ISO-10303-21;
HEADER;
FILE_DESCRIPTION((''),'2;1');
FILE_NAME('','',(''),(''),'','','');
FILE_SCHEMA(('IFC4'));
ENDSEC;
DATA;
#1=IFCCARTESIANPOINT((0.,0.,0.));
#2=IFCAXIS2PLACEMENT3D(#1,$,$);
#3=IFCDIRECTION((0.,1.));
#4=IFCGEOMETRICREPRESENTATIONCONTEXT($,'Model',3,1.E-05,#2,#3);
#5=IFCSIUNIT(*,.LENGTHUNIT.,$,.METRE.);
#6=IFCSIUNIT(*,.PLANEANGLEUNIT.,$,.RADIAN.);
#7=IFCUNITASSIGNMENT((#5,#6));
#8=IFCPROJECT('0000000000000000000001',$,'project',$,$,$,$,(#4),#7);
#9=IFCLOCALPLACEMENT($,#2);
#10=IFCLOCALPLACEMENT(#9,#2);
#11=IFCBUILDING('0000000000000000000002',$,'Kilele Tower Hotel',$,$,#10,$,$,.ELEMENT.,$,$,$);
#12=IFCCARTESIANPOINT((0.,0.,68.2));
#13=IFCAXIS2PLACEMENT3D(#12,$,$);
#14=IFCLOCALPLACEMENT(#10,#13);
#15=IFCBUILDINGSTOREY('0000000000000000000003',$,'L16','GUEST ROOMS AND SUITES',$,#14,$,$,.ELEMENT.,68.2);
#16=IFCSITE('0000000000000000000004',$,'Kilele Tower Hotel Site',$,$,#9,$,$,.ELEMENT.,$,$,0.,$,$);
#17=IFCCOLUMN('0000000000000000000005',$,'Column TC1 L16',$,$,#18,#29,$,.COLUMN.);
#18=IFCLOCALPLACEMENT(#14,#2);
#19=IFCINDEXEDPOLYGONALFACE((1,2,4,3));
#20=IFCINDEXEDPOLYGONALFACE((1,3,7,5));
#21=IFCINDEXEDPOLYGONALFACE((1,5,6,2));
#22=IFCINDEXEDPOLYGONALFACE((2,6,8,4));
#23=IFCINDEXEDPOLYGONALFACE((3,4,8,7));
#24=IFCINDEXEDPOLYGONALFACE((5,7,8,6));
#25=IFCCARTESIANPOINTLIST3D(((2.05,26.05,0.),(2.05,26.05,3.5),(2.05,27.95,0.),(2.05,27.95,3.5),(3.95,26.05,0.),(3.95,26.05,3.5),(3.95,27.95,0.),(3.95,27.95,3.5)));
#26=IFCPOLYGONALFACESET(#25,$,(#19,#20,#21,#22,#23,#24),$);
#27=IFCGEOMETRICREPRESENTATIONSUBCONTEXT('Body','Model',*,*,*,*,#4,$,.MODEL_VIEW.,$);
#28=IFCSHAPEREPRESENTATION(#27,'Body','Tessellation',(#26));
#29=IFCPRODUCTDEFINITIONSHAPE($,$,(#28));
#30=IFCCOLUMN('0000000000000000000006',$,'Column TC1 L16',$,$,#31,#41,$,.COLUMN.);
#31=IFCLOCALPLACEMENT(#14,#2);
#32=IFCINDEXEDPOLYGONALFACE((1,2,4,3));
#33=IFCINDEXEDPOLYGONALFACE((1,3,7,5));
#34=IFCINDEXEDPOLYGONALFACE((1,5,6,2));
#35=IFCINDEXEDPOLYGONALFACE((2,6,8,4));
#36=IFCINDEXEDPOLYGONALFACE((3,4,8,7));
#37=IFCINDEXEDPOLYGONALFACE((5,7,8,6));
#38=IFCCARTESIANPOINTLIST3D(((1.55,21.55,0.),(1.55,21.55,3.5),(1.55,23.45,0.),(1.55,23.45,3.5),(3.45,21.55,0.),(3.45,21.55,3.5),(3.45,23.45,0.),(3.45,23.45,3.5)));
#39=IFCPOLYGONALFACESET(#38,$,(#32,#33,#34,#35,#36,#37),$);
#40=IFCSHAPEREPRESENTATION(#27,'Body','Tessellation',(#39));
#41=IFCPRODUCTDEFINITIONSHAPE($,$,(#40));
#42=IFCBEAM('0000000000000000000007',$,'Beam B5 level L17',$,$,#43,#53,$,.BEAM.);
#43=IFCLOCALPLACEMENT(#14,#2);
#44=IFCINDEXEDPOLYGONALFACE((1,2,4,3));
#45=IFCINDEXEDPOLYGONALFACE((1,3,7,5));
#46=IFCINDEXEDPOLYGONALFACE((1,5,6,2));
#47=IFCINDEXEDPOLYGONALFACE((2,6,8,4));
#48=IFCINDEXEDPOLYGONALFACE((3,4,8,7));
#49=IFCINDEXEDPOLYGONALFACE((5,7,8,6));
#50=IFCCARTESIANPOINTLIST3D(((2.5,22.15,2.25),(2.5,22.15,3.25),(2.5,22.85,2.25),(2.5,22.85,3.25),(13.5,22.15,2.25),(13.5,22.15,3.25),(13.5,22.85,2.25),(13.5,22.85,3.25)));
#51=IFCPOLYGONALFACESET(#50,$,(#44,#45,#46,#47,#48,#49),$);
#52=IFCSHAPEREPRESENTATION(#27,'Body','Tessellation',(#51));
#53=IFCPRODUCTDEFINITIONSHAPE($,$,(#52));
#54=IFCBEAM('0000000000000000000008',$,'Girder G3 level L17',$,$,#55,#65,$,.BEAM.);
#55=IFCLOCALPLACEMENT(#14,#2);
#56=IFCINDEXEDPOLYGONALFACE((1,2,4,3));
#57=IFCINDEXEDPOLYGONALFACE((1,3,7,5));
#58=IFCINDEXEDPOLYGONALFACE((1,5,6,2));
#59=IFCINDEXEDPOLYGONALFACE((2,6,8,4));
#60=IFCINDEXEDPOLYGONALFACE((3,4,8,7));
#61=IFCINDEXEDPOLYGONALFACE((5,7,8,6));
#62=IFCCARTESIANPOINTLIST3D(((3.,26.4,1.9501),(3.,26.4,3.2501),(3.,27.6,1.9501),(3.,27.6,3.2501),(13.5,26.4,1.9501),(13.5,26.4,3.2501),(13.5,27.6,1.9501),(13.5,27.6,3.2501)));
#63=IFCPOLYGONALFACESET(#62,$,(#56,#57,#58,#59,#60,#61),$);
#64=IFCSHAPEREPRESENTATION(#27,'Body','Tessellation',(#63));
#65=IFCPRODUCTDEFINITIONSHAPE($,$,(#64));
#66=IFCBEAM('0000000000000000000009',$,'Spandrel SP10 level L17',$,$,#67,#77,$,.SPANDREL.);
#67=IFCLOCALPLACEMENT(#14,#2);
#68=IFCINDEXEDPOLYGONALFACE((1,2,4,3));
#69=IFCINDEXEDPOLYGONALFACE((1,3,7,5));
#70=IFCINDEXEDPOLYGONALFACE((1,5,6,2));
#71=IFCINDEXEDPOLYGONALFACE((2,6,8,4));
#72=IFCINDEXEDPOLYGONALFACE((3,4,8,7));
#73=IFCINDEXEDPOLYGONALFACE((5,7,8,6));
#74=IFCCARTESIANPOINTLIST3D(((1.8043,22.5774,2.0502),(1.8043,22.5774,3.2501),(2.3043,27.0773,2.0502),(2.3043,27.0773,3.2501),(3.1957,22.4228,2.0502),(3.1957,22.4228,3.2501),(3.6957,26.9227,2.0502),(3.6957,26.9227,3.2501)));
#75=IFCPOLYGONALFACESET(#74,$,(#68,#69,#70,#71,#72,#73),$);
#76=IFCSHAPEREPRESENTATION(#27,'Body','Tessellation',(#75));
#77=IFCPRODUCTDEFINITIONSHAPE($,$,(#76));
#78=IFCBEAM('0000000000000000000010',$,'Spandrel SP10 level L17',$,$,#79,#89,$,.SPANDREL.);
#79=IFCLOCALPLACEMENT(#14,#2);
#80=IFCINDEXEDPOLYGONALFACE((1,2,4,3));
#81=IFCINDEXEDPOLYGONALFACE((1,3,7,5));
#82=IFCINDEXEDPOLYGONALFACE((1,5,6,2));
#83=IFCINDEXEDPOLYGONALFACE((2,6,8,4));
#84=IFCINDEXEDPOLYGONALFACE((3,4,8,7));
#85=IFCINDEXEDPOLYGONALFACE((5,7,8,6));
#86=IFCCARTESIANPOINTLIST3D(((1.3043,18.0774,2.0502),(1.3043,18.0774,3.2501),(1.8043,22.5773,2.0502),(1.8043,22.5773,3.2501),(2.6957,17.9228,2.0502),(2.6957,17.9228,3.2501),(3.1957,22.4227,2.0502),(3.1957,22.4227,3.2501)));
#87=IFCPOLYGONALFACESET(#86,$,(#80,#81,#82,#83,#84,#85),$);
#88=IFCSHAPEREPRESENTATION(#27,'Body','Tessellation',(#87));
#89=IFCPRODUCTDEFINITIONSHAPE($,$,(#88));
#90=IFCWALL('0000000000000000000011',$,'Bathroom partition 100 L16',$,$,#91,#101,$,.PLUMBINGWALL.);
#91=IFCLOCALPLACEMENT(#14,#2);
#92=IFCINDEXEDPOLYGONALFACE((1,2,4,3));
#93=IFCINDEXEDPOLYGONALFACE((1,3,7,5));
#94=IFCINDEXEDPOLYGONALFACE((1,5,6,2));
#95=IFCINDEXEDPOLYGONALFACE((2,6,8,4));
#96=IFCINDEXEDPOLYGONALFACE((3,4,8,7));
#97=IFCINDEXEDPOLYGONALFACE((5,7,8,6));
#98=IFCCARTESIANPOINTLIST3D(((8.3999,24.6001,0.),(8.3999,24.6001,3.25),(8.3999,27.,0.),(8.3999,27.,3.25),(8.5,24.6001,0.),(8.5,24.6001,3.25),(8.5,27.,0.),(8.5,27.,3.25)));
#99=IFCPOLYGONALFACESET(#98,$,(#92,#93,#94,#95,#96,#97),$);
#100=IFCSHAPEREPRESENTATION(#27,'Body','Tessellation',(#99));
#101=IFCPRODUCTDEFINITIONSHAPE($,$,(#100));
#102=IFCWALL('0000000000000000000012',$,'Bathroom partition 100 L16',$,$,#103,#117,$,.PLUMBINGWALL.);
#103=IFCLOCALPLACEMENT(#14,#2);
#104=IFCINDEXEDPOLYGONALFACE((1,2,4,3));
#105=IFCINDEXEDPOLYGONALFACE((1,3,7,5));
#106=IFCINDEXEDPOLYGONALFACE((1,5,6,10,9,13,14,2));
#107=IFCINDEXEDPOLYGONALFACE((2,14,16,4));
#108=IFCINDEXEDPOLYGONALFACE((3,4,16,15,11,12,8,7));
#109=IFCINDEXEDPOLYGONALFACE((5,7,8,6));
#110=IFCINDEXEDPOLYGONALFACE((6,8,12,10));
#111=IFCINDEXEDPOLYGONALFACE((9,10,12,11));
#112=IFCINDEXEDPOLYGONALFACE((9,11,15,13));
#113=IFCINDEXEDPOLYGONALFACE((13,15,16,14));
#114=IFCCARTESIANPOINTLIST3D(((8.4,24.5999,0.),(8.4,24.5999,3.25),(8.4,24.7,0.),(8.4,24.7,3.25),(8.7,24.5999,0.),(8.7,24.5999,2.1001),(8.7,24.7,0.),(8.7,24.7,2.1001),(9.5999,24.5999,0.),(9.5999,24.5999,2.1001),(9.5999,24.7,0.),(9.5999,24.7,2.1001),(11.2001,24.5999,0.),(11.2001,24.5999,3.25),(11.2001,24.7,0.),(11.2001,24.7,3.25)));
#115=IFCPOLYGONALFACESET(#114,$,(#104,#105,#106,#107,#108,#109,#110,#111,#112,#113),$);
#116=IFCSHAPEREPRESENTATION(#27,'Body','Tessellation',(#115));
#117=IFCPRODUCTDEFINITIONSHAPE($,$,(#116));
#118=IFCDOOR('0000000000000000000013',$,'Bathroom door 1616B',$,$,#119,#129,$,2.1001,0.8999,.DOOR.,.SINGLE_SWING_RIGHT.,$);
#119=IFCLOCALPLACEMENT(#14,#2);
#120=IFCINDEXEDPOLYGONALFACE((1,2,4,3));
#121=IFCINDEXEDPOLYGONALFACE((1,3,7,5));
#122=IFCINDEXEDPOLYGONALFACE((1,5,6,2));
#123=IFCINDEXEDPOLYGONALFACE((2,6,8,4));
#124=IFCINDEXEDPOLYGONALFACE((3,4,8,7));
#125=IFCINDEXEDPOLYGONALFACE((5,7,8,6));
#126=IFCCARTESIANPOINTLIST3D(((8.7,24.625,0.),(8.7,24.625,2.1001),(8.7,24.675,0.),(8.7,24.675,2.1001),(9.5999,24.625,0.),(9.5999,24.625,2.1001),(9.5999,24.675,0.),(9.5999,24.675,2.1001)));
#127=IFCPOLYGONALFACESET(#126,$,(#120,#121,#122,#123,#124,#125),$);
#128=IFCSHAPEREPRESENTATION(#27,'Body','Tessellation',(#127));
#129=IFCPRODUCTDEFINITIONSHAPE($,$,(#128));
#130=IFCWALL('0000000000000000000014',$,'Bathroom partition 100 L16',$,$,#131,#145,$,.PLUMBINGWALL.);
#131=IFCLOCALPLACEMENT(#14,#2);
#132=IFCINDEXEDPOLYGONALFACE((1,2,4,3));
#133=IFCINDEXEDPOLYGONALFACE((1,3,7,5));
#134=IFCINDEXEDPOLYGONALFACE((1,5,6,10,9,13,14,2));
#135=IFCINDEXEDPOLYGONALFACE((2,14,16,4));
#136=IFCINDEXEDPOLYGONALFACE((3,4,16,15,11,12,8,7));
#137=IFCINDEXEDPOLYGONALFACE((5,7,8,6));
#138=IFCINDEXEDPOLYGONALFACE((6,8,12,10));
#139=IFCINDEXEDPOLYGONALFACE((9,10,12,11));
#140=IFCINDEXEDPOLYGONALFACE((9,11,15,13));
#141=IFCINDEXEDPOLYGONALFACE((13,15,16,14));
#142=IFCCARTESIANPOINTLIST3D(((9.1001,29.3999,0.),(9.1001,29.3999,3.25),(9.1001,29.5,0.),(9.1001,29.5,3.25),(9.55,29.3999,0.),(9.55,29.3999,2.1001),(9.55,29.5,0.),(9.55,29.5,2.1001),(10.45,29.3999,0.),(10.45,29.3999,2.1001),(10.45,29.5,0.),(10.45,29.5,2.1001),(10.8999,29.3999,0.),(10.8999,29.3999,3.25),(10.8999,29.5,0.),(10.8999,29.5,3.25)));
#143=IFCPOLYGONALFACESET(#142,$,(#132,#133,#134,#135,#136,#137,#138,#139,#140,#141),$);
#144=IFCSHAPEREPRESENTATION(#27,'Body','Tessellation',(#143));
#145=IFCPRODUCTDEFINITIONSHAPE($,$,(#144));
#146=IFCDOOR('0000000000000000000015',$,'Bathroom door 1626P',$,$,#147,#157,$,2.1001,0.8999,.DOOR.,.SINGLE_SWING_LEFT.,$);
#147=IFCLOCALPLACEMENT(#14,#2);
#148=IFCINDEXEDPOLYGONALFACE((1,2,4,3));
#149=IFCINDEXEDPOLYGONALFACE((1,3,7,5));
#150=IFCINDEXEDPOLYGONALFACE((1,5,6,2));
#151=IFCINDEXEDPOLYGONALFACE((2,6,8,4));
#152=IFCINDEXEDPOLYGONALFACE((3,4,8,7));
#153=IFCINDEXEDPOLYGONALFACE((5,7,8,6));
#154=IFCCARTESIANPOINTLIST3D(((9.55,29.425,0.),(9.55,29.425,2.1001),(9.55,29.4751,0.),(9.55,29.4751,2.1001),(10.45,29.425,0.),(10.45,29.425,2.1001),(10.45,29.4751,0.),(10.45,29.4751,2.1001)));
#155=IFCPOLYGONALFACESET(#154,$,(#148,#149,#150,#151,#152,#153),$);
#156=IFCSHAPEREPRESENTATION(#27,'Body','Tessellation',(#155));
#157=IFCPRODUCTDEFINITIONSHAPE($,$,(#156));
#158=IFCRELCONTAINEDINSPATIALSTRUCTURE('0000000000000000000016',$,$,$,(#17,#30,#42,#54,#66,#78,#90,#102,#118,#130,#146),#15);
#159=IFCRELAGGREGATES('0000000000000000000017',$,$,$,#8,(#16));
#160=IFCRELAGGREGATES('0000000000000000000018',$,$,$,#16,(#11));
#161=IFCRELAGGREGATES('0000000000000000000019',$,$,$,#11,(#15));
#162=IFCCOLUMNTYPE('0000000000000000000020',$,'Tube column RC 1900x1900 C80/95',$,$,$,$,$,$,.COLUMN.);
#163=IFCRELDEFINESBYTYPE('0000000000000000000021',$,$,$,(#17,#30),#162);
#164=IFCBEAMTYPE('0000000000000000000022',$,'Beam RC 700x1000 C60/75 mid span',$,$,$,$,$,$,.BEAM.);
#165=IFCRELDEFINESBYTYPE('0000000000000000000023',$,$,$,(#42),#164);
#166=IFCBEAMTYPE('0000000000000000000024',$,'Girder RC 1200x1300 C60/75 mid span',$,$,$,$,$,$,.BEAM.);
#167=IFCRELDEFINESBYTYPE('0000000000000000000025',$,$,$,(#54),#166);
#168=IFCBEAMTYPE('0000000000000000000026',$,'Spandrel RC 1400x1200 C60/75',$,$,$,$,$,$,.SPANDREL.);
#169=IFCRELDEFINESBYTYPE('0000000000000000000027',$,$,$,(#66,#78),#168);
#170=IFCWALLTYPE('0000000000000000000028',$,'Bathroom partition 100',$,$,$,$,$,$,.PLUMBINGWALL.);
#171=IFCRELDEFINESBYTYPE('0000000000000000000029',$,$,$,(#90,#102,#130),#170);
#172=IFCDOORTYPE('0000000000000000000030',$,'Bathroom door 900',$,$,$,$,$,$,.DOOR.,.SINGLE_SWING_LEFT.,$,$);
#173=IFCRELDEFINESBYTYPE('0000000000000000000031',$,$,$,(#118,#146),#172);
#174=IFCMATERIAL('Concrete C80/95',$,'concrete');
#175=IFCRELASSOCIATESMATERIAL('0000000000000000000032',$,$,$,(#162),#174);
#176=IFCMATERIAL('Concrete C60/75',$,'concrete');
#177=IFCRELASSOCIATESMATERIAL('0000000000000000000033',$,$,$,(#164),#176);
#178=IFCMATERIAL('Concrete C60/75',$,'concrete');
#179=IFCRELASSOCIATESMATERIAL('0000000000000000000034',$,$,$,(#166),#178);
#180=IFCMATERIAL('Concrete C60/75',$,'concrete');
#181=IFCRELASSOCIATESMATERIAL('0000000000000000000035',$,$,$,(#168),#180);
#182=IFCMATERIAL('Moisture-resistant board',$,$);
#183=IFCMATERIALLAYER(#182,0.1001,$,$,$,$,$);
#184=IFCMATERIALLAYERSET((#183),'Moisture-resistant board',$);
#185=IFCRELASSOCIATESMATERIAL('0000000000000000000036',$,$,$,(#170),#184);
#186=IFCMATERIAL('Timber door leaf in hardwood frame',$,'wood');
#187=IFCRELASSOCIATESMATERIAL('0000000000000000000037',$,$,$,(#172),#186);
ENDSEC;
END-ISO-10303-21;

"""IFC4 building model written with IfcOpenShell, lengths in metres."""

from ifc_helpers import new_model, si_unit, direction, frame, frame_2d, origin, origin_2d, place, context, subcontext, project, spatial, rectangle, extrude, material, layer, layer_set, material_profile, profile_set, type_object, element, fill, save


model = new_model("IFC4")

# Units and contexts
model_context = context("Model", 3, precision=1e-05, world=origin(), true_north=direction((0.0, 1.0)))
body_context = subcontext(model_context, "Body", "Model", "MODEL_VIEW")
ifc_project = project(units=[si_unit("LENGTHUNIT", "METRE"), si_unit("PLANEANGLEUNIT", "RADIAN")], contexts=[model_context])

# Site, building, storey
site_placement = place(None, origin())
site = spatial("IfcSite", under=ifc_project, at=site_placement, Name="Kilele Tower Hotel Site", CompositionType="ELEMENT", RefElevation=0.0)
building_placement = place(site_placement, origin())
building = spatial("IfcBuilding", under=site, at=building_placement, Name="Kilele Tower Hotel", CompositionType="ELEMENT")
storey_placement = place(building_placement, frame((0.0, 0.0, 68.2)))
storey = spatial("IfcBuildingStorey", under=building, at=storey_placement, Name="L16", Description="GUEST ROOMS AND SUITES", CompositionType="ELEMENT", Elevation=68.2)

# Columns
ifc_material_1 = material(Name="Concrete C80/95", Category="concrete")
ifc_material_profile_1 = material_profile(ifc_material_1, rectangle(XDim=1.8999, YDim=1.8999, at=origin_2d()))
ifc_profile_set_1 = profile_set([ifc_material_profile_1], Name="Concrete C80/95")
column_type = type_object("IfcColumnType", Name="Tube column RC 1900x1900 C80/95", PredefinedType="COLUMN", material=ifc_profile_set_1)
for number, where, z_axis, x_axis, name in (
    (1, (3.0, 27.0, 0.0), (0.0, 0.0, 1.0), (1.0, 0.0, 0.0), "Column TC1 L16"),
    (2, (2.5, 22.5, 0.0), (0.0, 0.0, 1.0), (1.0, 0.0, 0.0), "Column TC1 L16"),
):
    element("IfcColumn", number, at=place(storey_placement, frame(where, z_axis=z_axis, x_axis=x_axis)), inside=storey, type_object=column_type, Name=name, PredefinedType="COLUMN", context=body_context, shape_type="SweptSolid", body=[
        extrude(rectangle(XDim=1.8999, YDim=1.8999, at=origin_2d()), origin(), (0.0, 0.0, 1.0), 3.5),
    ])

# Beams
ifc_material_2 = material(Name="Concrete C60/75", Category="concrete")
ifc_material_profile_2 = material_profile(ifc_material_2, rectangle(XDim=0.7, YDim=1.0, at=origin_2d()))
ifc_profile_set_2 = profile_set([ifc_material_profile_2], Name="Concrete C60/75")
beam_type_1 = type_object("IfcBeamType", Name="Beam RC 700x1000 C60/75 mid span", PredefinedType="BEAM", material=ifc_profile_set_2)
beam_1_placement = place(storey_placement, frame((2.5, 22.5, 2.75), z_axis=(1.0, 0.0, 0.0), x_axis=(0.0, 1.0, 0.0)))
element("IfcBeam", 3, at=beam_1_placement, inside=storey, type_object=beam_type_1, Name="Beam B5 level L17", PredefinedType="BEAM", context=body_context, shape_type="SweptSolid", body=[
    extrude(rectangle(XDim=0.7, YDim=1.0, at=origin_2d()), origin(), (0.0, 0.0, 1.0), 11.0),
])
ifc_material_3 = material(Name="Concrete C60/75", Category="concrete")
ifc_material_profile_3 = material_profile(ifc_material_3, rectangle(XDim=1.2, YDim=1.3, at=origin_2d()))
ifc_profile_set_3 = profile_set([ifc_material_profile_3], Name="Concrete C60/75")
beam_type_2 = type_object("IfcBeamType", Name="Girder RC 1200x1300 C60/75 mid span", PredefinedType="BEAM", material=ifc_profile_set_3)
beam_2_placement = place(storey_placement, frame((3.0, 27.0, 2.6001), z_axis=(1.0, 0.0, 0.0), x_axis=(0.0, 1.0, 0.0)))
element("IfcBeam", 4, at=beam_2_placement, inside=storey, type_object=beam_type_2, Name="Girder G3 level L17", PredefinedType="BEAM", context=body_context, shape_type="SweptSolid", body=[
    extrude(rectangle(XDim=1.2, YDim=1.3, at=origin_2d()), origin(), (0.0, 0.0, 1.0), 10.5),
])
ifc_material_4 = material(Name="Concrete C60/75", Category="concrete")
ifc_material_profile_4 = material_profile(ifc_material_4, rectangle(XDim=1.3999, YDim=1.2, at=origin_2d()))
ifc_profile_set_4 = profile_set([ifc_material_profile_4], Name="Concrete C60/75")
beam_type_3 = type_object("IfcBeamType", Name="Spandrel RC 1400x1200 C60/75", PredefinedType="SPANDREL", material=ifc_profile_set_4)
for number, where, z_axis, x_axis, name in (
    (5, (3.0, 27.0, 2.6501), (-0.110432, -0.993884, 0.0), (0.993884, -0.110432, 0.0), "Spandrel SP10 level L17"),
    (6, (2.5, 22.5, 2.6501), (-0.110432, -0.993884, 0.0), (0.993884, -0.110432, 0.0), "Spandrel SP10 level L17"),
):
    element("IfcBeam", number, at=place(storey_placement, frame(where, z_axis=z_axis, x_axis=x_axis)), inside=storey, type_object=beam_type_3, Name=name, PredefinedType="SPANDREL", context=body_context, shape_type="SweptSolid", body=[
        extrude(rectangle(XDim=1.3999, YDim=1.2, at=origin_2d()), origin(), (0.0, 0.0, 1.0), 4.5276),
    ])

# Wall
ifc_material_5 = material(Name="Moisture-resistant board")
ifc_layer_1 = layer(ifc_material_5, 0.1001)
ifc_layer_set_1 = layer_set([ifc_layer_1], Name="Moisture-resistant board")
wall_type_1 = type_object("IfcWallType", Name="Bathroom partition 100", PredefinedType="PLUMBINGWALL", material=ifc_layer_set_1)
wall_1_placement = place(storey_placement, frame((8.45, 24.6001, 0.0), z_axis=(0.0, 0.0, 1.0), x_axis=(0.0, 1.0, 0.0)))
element("IfcWall", 7, at=wall_1_placement, inside=storey, type_object=wall_type_1, Name="Bathroom partition 100 L16", PredefinedType="PLUMBINGWALL", context=body_context, shape_type="SweptSolid", body=[
    extrude(rectangle(XDim=2.3999, YDim=0.1001, at=frame_2d((1.2, 0.0))), origin(), (0.0, 0.0, 1.0), 3.25),
])

# Walls, openings, doors
wall_2_placement = place(storey_placement, frame((11.2, 24.6499, 0.0), z_axis=(0.0, 0.0, 1.0), x_axis=(-1.0, 0.0, 0.0)))
wall_2 = element("IfcWall", 8, at=wall_2_placement, inside=storey, type_object=wall_type_1, Name="Bathroom partition 100 L16", PredefinedType="PLUMBINGWALL", context=body_context, shape_type="SweptSolid", body=[
    extrude(rectangle(XDim=2.8, YDim=0.1001, at=frame_2d((1.3999, 0.0))), origin(), (0.0, 0.0, 1.0), 3.25),
])
opening_1_placement = place(wall_2_placement, frame((1.6001, 0.0, 0.0)))
opening_1 = element("IfcOpeningElement", 9, at=opening_1_placement, cuts=wall_2, PredefinedType="OPENING", context=body_context, shape_type="SweptSolid", body=[
    extrude(rectangle(XDim=0.8999, YDim=2.1001, at=frame_2d((0.45, 1.05))), frame((0.0, 0.0601, 0.0), z_axis=(0.0, -1.0, 0.0), x_axis=(1.0, 0.0, 0.0)), (0.0, 0.0, 1.0), 0.1201),
])
ifc_material_6 = material(Name="Timber door leaf in hardwood frame", Category="wood")
door_type_1 = type_object("IfcDoorType", Name="Bathroom door 900", OperationType="SINGLE_SWING_LEFT", PredefinedType="DOOR", material=ifc_material_6)
door_1_placement = place(opening_1_placement, origin())
door_1 = element("IfcDoor", 10, at=door_1_placement, inside=storey, type_object=door_type_1, Name="Bathroom door 1616B", OperationType="SINGLE_SWING_RIGHT", OverallHeight=2.1001, OverallWidth=0.8999, PredefinedType="DOOR", context=body_context, shape_type="SweptSolid", body=[
    extrude(rectangle(XDim=0.8999, YDim=2.1001, at=frame_2d((0.45, 1.05))), frame((0.0, 0.0249, 0.0), z_axis=(0.0, -1.0, 0.0), x_axis=(1.0, 0.0, 0.0)), (0.0, 0.0, 1.0), 0.05),
])
fill(opening_1, door_1)
wall_3_placement = place(storey_placement, frame((10.8999, 29.45, 0.0), z_axis=(0.0, 0.0, 1.0), x_axis=(-1.0, 0.0, 0.0)))
wall_3 = element("IfcWall", 11, at=wall_3_placement, inside=storey, type_object=wall_type_1, Name="Bathroom partition 100 L16", PredefinedType="PLUMBINGWALL", context=body_context, shape_type="SweptSolid", body=[
    extrude(rectangle(XDim=1.7998, YDim=0.1001, at=frame_2d((0.8999, 0.0))), origin(), (0.0, 0.0, 1.0), 3.25),
])
opening_2_placement = place(wall_3_placement, frame((0.45, 0.0, 0.0)))
opening_2 = element("IfcOpeningElement", 12, at=opening_2_placement, cuts=wall_3, PredefinedType="OPENING", context=body_context, shape_type="SweptSolid", body=[
    extrude(rectangle(XDim=0.8999, YDim=2.1001, at=frame_2d((0.45, 1.05))), frame((0.0, 0.0601, 0.0), z_axis=(0.0, -1.0, 0.0), x_axis=(1.0, 0.0, 0.0)), (0.0, 0.0, 1.0), 0.1201),
])
door_2_placement = place(opening_2_placement, origin())
door_2 = element("IfcDoor", 13, at=door_2_placement, inside=storey, type_object=door_type_1, Name="Bathroom door 1626P", OperationType="SINGLE_SWING_LEFT", OverallHeight=2.1001, OverallWidth=0.8999, PredefinedType="DOOR", context=body_context, shape_type="SweptSolid", body=[
    extrude(rectangle(XDim=0.8999, YDim=2.1001, at=frame_2d((0.45, 1.05))), frame((0.0, 0.0249, 0.0), z_axis=(0.0, -1.0, 0.0), x_axis=(1.0, 0.0, 0.0)), (0.0, 0.0, 1.0), 0.05),
])
fill(opening_2, door_2)

save(model, "model.ifc")
